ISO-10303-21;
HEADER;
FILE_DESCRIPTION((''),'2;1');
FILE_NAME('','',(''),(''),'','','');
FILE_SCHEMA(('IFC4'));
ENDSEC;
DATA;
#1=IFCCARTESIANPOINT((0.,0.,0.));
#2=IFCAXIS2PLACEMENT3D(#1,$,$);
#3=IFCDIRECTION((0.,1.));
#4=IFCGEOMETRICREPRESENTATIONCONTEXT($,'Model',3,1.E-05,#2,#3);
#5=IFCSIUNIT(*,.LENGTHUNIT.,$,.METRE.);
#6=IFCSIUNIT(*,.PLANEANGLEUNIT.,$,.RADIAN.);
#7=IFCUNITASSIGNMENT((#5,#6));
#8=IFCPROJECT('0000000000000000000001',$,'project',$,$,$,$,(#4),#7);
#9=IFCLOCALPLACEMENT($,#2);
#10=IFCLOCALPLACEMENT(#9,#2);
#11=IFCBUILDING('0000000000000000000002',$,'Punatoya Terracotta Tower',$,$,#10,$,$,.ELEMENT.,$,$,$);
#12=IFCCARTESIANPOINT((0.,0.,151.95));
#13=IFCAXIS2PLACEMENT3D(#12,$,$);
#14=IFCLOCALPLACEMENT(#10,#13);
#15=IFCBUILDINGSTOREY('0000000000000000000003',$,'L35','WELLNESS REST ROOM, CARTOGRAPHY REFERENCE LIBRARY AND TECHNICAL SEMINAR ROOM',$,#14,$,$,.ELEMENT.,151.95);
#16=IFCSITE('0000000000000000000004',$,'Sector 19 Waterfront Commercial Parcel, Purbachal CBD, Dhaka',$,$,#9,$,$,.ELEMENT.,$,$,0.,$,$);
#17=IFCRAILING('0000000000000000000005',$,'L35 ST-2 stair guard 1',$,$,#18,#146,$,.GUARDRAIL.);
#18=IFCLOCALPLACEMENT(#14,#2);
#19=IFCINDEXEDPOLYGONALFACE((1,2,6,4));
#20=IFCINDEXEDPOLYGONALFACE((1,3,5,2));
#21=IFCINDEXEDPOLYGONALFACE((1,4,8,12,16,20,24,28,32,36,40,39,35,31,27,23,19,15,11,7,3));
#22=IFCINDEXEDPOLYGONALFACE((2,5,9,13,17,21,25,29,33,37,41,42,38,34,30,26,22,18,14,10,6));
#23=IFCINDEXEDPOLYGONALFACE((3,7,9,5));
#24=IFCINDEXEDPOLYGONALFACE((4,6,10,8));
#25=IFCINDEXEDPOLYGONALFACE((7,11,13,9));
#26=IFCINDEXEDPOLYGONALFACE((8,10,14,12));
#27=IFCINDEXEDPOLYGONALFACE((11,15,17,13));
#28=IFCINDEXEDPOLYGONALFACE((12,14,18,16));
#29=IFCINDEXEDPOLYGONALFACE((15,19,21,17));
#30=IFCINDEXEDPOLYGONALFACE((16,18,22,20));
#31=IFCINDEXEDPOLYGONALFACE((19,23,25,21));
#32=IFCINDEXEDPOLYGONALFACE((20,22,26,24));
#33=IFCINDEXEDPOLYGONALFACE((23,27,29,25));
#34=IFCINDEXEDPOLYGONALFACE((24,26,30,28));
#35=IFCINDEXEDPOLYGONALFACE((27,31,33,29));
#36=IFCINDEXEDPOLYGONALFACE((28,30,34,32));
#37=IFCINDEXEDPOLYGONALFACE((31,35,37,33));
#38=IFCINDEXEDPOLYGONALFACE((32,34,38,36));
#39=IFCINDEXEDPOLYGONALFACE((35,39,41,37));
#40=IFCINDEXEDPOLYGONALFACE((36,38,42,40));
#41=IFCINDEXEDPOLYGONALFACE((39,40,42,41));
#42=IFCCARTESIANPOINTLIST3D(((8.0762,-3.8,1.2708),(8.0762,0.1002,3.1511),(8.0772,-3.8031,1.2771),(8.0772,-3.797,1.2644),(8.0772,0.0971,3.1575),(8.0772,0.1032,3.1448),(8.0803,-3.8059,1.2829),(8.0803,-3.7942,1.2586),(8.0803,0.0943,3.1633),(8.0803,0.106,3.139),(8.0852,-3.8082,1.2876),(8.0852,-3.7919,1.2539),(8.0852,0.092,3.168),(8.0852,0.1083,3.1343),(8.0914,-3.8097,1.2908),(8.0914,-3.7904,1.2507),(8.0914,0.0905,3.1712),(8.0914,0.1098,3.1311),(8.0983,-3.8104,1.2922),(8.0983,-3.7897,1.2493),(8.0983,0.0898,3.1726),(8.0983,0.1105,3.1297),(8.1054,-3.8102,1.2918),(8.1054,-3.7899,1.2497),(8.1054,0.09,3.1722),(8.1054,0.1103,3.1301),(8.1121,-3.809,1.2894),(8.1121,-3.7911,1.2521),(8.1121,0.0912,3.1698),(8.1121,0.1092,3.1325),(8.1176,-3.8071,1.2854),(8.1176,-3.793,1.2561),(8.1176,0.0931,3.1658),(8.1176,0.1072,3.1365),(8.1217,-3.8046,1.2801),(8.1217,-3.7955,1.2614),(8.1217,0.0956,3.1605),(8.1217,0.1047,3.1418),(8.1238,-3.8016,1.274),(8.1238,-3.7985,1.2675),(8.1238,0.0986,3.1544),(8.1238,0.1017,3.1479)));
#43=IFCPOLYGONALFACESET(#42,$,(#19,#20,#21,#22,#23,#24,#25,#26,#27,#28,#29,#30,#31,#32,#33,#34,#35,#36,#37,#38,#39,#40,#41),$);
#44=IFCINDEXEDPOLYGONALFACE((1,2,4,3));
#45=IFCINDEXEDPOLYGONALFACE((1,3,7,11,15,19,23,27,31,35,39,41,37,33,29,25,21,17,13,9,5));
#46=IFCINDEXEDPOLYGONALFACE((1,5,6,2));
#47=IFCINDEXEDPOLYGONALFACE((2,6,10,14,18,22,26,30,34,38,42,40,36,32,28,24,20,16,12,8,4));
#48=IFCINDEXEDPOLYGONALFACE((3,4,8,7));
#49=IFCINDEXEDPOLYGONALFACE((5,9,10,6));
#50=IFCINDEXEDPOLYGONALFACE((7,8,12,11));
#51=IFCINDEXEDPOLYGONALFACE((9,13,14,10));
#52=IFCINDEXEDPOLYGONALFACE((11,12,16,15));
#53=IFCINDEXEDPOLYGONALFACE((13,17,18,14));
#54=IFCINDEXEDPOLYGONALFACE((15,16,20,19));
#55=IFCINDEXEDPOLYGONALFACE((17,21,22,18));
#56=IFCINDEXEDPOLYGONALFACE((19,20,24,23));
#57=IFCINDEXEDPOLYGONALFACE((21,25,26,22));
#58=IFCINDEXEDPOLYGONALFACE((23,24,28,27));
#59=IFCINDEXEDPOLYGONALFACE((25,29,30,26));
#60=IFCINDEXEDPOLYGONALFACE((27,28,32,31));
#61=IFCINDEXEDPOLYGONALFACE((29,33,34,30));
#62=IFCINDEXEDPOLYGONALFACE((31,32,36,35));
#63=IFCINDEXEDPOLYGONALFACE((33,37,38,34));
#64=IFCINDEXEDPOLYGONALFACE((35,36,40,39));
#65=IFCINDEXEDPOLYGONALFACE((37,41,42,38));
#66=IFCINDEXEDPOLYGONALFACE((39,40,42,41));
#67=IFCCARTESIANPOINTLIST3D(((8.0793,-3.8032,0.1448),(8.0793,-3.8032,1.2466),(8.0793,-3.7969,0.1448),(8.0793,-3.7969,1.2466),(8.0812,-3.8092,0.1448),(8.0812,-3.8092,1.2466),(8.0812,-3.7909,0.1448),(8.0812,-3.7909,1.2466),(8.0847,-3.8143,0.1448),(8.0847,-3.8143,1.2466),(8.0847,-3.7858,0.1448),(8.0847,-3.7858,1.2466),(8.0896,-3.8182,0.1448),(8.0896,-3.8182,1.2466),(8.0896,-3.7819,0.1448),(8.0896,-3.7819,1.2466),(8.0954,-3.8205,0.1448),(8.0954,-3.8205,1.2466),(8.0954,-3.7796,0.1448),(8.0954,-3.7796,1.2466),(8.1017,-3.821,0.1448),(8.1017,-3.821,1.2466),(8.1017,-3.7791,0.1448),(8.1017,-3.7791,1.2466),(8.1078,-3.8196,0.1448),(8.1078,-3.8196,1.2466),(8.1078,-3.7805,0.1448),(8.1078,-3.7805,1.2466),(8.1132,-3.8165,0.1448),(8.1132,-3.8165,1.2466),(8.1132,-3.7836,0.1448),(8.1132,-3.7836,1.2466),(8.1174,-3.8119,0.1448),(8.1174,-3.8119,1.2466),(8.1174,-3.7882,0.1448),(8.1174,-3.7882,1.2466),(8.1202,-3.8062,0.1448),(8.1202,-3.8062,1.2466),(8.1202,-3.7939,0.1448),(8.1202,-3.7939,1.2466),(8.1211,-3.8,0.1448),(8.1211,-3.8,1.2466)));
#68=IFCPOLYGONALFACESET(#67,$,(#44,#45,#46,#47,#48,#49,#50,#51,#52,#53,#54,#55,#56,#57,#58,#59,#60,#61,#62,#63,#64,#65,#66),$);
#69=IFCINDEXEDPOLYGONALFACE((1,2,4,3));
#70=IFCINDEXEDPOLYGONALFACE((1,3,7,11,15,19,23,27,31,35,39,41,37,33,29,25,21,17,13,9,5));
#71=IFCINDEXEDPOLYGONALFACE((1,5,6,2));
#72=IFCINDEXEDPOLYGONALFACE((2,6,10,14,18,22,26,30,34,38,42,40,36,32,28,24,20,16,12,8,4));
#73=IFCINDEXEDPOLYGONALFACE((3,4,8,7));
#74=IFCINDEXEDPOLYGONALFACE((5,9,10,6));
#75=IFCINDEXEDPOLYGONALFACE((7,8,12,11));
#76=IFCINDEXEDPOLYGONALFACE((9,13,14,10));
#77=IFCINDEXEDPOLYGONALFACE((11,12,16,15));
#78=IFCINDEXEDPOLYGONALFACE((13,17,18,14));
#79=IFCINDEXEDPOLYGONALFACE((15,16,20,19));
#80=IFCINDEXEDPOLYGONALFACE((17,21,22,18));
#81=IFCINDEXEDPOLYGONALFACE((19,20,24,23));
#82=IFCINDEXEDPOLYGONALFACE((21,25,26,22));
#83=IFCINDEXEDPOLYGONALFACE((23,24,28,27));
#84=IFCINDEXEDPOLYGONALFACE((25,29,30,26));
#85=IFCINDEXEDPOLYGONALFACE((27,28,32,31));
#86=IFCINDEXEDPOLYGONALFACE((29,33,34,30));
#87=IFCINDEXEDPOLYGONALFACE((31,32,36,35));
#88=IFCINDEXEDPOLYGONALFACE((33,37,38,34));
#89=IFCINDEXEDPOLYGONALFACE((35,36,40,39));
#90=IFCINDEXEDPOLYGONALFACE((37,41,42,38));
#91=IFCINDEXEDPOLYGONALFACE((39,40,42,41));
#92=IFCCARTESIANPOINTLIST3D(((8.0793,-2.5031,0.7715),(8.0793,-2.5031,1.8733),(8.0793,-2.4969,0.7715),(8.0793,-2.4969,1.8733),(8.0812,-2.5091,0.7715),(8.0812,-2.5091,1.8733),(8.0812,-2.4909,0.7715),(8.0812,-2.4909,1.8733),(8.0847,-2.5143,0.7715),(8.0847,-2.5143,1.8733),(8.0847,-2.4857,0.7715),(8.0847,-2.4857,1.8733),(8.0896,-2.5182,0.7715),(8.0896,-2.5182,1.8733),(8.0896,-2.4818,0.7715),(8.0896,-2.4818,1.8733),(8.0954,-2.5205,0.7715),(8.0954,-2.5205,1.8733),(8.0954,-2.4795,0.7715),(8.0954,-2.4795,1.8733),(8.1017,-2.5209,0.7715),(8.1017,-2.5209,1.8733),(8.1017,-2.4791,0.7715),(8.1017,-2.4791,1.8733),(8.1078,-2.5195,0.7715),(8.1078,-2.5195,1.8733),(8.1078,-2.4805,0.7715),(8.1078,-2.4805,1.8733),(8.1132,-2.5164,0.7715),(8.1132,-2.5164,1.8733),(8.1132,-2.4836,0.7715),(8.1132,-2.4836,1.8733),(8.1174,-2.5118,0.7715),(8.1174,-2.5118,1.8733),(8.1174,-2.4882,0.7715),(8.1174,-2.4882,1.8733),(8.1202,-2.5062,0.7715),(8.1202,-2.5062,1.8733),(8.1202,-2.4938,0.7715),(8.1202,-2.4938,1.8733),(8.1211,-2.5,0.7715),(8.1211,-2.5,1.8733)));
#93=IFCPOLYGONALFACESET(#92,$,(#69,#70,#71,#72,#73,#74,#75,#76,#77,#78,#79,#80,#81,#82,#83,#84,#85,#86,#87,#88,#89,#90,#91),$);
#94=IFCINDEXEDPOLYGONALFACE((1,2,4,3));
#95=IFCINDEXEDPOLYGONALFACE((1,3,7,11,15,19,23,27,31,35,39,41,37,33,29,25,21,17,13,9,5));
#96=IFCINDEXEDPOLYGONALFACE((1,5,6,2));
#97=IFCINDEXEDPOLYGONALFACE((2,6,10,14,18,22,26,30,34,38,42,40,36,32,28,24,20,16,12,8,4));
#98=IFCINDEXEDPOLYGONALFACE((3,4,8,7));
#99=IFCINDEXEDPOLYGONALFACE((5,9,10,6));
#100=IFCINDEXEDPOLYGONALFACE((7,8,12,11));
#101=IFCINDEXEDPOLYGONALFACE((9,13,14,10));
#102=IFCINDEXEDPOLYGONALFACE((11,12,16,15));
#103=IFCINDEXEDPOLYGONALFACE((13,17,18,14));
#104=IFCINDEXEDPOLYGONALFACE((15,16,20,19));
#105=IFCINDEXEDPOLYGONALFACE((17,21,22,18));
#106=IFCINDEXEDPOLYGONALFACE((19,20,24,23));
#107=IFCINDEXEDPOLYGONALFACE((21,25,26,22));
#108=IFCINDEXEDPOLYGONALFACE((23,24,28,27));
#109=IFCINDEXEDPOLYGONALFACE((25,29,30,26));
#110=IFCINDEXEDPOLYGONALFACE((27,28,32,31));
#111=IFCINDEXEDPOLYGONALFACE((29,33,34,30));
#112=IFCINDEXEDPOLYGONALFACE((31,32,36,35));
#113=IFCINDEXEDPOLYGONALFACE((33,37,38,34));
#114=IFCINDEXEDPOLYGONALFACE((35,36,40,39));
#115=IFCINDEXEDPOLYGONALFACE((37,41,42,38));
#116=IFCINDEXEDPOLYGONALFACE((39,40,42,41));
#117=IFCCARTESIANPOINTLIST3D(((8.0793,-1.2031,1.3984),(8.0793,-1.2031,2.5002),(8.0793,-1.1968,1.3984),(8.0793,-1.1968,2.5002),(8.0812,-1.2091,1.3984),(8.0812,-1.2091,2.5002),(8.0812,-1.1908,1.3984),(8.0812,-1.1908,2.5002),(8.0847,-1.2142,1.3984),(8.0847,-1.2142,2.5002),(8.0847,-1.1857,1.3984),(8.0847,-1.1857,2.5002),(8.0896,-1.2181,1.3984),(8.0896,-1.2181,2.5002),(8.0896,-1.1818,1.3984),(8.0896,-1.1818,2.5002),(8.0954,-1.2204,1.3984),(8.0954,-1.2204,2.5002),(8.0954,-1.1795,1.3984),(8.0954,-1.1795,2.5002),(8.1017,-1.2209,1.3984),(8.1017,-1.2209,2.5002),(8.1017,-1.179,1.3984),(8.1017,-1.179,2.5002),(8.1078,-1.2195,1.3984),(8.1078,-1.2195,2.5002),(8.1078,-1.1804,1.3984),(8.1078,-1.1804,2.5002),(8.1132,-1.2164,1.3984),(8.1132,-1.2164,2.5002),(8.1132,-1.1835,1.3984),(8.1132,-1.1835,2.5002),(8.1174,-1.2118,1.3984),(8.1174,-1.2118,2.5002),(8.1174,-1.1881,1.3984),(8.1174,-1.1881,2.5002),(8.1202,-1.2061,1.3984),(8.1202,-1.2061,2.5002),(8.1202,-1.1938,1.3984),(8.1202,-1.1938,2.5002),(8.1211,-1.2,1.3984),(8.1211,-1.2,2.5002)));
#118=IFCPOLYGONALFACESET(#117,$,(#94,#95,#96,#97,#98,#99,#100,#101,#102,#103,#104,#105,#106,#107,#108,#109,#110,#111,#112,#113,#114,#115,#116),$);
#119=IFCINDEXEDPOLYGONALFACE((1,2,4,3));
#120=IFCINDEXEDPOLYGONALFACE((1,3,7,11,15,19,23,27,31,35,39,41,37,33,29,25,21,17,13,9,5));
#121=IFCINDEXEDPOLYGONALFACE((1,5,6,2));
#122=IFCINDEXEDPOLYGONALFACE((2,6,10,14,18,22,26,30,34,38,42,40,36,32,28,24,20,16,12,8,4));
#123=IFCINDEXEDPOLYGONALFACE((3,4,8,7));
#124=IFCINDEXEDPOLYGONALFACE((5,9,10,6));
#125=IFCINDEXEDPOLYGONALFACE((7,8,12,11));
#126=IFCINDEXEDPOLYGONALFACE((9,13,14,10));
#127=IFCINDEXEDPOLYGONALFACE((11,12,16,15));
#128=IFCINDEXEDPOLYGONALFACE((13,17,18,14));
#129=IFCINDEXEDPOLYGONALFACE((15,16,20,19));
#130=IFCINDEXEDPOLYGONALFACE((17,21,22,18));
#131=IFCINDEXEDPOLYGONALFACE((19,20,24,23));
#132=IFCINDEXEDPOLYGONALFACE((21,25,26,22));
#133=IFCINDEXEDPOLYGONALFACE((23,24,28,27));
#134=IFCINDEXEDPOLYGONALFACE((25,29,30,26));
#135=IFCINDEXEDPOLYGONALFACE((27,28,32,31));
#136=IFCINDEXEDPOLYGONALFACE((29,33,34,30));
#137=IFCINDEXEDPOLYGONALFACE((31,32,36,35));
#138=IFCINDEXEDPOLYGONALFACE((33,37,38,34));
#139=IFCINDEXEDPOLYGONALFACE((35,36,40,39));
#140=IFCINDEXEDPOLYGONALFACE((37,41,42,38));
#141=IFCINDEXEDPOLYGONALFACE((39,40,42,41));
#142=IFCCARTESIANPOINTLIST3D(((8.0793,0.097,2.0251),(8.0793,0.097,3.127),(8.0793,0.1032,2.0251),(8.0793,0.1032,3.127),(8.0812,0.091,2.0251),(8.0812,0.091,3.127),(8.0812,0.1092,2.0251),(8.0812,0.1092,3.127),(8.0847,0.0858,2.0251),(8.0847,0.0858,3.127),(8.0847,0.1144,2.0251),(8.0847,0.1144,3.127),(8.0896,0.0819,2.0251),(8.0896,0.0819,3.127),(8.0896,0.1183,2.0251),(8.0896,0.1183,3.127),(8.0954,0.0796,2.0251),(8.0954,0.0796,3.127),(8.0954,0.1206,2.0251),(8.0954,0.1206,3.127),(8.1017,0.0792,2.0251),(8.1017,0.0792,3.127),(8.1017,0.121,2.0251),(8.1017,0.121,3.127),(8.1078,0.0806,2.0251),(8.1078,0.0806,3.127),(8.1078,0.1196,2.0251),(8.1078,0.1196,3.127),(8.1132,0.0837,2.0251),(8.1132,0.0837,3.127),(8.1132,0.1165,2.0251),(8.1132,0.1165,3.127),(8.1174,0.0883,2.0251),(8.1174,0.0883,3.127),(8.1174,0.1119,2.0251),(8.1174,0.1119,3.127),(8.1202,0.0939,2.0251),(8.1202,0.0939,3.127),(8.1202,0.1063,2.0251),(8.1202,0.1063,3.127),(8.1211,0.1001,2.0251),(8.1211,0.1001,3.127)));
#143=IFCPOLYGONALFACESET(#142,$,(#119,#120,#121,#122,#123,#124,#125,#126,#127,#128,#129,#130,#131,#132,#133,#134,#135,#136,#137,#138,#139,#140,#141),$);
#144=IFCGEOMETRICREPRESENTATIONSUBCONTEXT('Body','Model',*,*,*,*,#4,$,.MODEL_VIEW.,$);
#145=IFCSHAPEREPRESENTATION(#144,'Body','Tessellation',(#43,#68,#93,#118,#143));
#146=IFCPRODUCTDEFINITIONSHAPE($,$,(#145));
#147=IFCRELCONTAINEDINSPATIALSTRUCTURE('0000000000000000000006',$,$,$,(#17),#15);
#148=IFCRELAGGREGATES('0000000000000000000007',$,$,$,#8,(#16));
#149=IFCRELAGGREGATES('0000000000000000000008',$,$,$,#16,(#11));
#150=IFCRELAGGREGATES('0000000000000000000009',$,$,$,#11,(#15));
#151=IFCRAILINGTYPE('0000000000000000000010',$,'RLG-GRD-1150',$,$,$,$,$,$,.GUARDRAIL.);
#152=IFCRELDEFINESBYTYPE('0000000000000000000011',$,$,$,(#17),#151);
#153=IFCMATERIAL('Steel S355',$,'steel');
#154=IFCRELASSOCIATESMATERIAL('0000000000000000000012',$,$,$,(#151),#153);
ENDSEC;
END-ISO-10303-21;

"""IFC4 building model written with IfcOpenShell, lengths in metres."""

from ifc_helpers import new_model, si_unit, direction, frame, origin, origin_2d, place, context, subcontext, project, spatial, circle, extrude, material, type_object, element, save


model = new_model("IFC4")

# Units and contexts
model_context = context("Model", 3, precision=1e-05, world=origin(), true_north=direction((0.0, 1.0)))
body_context = subcontext(model_context, "Body", "Model", "MODEL_VIEW")
ifc_project = project(units=[si_unit("LENGTHUNIT", "METRE"), si_unit("PLANEANGLEUNIT", "RADIAN")], contexts=[model_context])

# Site, building, storey
site_placement = place(None, origin())
site = spatial("IfcSite", under=ifc_project, at=site_placement, Name="Sector 19 Waterfront Commercial Parcel, Purbachal CBD, Dhaka", CompositionType="ELEMENT", RefElevation=0.0)
building_placement = place(site_placement, origin())
building = spatial("IfcBuilding", under=site, at=building_placement, Name="Punatoya Terracotta Tower", CompositionType="ELEMENT")
storey_placement = place(building_placement, frame((0.0, 0.0, 151.95)))
storey = spatial("IfcBuildingStorey", under=building, at=storey_placement, Name="L35", Description="WELLNESS REST ROOM, CARTOGRAPHY REFERENCE LIBRARY AND TECHNICAL SEMINAR ROOM", CompositionType="ELEMENT", Elevation=151.95)

# Shared definitions
ifc_material_1 = material(Name="Steel S355", Category="steel")

# Railing
railing_type_1 = type_object("IfcRailingType", Name="RLG-GRD-1150", PredefinedType="GUARDRAIL", material=ifc_material_1)
railing_1_placement = place(storey_placement, frame((8.1001, -3.8, 0.1448)))
element("IfcRailing", 1, at=railing_1_placement, inside=storey, type_object=railing_type_1, Name="L35 ST-2 stair guard 1", PredefinedType="GUARDRAIL", context=body_context, shape_type="SweptSolid", body=[
    extrude(circle(Radius=0.0239, at=origin_2d()), frame((0.0, 0.0, 1.126), z_axis=(0.0, 0.900774, 0.434289), x_axis=(-1.0, 0.0, 0.0)), (0.0, 0.0, 1.0), 4.3298),
    extrude(circle(Radius=0.021, at=origin_2d()), origin(), (0.0, 0.0, 1.0), 1.1018),
    extrude(circle(Radius=0.021, at=origin_2d()), frame((0.0, 1.3, 0.6267)), (0.0, 0.0, 1.0), 1.1018),
    extrude(circle(Radius=0.021, at=origin_2d()), frame((0.0, 2.6001, 1.2537)), (0.0, 0.0, 1.0), 1.1018),
    extrude(circle(Radius=0.021, at=origin_2d()), frame((0.0, 3.9001, 1.8804)), (0.0, 0.0, 1.0), 1.1018),
])

save(model, "model.ifc")
